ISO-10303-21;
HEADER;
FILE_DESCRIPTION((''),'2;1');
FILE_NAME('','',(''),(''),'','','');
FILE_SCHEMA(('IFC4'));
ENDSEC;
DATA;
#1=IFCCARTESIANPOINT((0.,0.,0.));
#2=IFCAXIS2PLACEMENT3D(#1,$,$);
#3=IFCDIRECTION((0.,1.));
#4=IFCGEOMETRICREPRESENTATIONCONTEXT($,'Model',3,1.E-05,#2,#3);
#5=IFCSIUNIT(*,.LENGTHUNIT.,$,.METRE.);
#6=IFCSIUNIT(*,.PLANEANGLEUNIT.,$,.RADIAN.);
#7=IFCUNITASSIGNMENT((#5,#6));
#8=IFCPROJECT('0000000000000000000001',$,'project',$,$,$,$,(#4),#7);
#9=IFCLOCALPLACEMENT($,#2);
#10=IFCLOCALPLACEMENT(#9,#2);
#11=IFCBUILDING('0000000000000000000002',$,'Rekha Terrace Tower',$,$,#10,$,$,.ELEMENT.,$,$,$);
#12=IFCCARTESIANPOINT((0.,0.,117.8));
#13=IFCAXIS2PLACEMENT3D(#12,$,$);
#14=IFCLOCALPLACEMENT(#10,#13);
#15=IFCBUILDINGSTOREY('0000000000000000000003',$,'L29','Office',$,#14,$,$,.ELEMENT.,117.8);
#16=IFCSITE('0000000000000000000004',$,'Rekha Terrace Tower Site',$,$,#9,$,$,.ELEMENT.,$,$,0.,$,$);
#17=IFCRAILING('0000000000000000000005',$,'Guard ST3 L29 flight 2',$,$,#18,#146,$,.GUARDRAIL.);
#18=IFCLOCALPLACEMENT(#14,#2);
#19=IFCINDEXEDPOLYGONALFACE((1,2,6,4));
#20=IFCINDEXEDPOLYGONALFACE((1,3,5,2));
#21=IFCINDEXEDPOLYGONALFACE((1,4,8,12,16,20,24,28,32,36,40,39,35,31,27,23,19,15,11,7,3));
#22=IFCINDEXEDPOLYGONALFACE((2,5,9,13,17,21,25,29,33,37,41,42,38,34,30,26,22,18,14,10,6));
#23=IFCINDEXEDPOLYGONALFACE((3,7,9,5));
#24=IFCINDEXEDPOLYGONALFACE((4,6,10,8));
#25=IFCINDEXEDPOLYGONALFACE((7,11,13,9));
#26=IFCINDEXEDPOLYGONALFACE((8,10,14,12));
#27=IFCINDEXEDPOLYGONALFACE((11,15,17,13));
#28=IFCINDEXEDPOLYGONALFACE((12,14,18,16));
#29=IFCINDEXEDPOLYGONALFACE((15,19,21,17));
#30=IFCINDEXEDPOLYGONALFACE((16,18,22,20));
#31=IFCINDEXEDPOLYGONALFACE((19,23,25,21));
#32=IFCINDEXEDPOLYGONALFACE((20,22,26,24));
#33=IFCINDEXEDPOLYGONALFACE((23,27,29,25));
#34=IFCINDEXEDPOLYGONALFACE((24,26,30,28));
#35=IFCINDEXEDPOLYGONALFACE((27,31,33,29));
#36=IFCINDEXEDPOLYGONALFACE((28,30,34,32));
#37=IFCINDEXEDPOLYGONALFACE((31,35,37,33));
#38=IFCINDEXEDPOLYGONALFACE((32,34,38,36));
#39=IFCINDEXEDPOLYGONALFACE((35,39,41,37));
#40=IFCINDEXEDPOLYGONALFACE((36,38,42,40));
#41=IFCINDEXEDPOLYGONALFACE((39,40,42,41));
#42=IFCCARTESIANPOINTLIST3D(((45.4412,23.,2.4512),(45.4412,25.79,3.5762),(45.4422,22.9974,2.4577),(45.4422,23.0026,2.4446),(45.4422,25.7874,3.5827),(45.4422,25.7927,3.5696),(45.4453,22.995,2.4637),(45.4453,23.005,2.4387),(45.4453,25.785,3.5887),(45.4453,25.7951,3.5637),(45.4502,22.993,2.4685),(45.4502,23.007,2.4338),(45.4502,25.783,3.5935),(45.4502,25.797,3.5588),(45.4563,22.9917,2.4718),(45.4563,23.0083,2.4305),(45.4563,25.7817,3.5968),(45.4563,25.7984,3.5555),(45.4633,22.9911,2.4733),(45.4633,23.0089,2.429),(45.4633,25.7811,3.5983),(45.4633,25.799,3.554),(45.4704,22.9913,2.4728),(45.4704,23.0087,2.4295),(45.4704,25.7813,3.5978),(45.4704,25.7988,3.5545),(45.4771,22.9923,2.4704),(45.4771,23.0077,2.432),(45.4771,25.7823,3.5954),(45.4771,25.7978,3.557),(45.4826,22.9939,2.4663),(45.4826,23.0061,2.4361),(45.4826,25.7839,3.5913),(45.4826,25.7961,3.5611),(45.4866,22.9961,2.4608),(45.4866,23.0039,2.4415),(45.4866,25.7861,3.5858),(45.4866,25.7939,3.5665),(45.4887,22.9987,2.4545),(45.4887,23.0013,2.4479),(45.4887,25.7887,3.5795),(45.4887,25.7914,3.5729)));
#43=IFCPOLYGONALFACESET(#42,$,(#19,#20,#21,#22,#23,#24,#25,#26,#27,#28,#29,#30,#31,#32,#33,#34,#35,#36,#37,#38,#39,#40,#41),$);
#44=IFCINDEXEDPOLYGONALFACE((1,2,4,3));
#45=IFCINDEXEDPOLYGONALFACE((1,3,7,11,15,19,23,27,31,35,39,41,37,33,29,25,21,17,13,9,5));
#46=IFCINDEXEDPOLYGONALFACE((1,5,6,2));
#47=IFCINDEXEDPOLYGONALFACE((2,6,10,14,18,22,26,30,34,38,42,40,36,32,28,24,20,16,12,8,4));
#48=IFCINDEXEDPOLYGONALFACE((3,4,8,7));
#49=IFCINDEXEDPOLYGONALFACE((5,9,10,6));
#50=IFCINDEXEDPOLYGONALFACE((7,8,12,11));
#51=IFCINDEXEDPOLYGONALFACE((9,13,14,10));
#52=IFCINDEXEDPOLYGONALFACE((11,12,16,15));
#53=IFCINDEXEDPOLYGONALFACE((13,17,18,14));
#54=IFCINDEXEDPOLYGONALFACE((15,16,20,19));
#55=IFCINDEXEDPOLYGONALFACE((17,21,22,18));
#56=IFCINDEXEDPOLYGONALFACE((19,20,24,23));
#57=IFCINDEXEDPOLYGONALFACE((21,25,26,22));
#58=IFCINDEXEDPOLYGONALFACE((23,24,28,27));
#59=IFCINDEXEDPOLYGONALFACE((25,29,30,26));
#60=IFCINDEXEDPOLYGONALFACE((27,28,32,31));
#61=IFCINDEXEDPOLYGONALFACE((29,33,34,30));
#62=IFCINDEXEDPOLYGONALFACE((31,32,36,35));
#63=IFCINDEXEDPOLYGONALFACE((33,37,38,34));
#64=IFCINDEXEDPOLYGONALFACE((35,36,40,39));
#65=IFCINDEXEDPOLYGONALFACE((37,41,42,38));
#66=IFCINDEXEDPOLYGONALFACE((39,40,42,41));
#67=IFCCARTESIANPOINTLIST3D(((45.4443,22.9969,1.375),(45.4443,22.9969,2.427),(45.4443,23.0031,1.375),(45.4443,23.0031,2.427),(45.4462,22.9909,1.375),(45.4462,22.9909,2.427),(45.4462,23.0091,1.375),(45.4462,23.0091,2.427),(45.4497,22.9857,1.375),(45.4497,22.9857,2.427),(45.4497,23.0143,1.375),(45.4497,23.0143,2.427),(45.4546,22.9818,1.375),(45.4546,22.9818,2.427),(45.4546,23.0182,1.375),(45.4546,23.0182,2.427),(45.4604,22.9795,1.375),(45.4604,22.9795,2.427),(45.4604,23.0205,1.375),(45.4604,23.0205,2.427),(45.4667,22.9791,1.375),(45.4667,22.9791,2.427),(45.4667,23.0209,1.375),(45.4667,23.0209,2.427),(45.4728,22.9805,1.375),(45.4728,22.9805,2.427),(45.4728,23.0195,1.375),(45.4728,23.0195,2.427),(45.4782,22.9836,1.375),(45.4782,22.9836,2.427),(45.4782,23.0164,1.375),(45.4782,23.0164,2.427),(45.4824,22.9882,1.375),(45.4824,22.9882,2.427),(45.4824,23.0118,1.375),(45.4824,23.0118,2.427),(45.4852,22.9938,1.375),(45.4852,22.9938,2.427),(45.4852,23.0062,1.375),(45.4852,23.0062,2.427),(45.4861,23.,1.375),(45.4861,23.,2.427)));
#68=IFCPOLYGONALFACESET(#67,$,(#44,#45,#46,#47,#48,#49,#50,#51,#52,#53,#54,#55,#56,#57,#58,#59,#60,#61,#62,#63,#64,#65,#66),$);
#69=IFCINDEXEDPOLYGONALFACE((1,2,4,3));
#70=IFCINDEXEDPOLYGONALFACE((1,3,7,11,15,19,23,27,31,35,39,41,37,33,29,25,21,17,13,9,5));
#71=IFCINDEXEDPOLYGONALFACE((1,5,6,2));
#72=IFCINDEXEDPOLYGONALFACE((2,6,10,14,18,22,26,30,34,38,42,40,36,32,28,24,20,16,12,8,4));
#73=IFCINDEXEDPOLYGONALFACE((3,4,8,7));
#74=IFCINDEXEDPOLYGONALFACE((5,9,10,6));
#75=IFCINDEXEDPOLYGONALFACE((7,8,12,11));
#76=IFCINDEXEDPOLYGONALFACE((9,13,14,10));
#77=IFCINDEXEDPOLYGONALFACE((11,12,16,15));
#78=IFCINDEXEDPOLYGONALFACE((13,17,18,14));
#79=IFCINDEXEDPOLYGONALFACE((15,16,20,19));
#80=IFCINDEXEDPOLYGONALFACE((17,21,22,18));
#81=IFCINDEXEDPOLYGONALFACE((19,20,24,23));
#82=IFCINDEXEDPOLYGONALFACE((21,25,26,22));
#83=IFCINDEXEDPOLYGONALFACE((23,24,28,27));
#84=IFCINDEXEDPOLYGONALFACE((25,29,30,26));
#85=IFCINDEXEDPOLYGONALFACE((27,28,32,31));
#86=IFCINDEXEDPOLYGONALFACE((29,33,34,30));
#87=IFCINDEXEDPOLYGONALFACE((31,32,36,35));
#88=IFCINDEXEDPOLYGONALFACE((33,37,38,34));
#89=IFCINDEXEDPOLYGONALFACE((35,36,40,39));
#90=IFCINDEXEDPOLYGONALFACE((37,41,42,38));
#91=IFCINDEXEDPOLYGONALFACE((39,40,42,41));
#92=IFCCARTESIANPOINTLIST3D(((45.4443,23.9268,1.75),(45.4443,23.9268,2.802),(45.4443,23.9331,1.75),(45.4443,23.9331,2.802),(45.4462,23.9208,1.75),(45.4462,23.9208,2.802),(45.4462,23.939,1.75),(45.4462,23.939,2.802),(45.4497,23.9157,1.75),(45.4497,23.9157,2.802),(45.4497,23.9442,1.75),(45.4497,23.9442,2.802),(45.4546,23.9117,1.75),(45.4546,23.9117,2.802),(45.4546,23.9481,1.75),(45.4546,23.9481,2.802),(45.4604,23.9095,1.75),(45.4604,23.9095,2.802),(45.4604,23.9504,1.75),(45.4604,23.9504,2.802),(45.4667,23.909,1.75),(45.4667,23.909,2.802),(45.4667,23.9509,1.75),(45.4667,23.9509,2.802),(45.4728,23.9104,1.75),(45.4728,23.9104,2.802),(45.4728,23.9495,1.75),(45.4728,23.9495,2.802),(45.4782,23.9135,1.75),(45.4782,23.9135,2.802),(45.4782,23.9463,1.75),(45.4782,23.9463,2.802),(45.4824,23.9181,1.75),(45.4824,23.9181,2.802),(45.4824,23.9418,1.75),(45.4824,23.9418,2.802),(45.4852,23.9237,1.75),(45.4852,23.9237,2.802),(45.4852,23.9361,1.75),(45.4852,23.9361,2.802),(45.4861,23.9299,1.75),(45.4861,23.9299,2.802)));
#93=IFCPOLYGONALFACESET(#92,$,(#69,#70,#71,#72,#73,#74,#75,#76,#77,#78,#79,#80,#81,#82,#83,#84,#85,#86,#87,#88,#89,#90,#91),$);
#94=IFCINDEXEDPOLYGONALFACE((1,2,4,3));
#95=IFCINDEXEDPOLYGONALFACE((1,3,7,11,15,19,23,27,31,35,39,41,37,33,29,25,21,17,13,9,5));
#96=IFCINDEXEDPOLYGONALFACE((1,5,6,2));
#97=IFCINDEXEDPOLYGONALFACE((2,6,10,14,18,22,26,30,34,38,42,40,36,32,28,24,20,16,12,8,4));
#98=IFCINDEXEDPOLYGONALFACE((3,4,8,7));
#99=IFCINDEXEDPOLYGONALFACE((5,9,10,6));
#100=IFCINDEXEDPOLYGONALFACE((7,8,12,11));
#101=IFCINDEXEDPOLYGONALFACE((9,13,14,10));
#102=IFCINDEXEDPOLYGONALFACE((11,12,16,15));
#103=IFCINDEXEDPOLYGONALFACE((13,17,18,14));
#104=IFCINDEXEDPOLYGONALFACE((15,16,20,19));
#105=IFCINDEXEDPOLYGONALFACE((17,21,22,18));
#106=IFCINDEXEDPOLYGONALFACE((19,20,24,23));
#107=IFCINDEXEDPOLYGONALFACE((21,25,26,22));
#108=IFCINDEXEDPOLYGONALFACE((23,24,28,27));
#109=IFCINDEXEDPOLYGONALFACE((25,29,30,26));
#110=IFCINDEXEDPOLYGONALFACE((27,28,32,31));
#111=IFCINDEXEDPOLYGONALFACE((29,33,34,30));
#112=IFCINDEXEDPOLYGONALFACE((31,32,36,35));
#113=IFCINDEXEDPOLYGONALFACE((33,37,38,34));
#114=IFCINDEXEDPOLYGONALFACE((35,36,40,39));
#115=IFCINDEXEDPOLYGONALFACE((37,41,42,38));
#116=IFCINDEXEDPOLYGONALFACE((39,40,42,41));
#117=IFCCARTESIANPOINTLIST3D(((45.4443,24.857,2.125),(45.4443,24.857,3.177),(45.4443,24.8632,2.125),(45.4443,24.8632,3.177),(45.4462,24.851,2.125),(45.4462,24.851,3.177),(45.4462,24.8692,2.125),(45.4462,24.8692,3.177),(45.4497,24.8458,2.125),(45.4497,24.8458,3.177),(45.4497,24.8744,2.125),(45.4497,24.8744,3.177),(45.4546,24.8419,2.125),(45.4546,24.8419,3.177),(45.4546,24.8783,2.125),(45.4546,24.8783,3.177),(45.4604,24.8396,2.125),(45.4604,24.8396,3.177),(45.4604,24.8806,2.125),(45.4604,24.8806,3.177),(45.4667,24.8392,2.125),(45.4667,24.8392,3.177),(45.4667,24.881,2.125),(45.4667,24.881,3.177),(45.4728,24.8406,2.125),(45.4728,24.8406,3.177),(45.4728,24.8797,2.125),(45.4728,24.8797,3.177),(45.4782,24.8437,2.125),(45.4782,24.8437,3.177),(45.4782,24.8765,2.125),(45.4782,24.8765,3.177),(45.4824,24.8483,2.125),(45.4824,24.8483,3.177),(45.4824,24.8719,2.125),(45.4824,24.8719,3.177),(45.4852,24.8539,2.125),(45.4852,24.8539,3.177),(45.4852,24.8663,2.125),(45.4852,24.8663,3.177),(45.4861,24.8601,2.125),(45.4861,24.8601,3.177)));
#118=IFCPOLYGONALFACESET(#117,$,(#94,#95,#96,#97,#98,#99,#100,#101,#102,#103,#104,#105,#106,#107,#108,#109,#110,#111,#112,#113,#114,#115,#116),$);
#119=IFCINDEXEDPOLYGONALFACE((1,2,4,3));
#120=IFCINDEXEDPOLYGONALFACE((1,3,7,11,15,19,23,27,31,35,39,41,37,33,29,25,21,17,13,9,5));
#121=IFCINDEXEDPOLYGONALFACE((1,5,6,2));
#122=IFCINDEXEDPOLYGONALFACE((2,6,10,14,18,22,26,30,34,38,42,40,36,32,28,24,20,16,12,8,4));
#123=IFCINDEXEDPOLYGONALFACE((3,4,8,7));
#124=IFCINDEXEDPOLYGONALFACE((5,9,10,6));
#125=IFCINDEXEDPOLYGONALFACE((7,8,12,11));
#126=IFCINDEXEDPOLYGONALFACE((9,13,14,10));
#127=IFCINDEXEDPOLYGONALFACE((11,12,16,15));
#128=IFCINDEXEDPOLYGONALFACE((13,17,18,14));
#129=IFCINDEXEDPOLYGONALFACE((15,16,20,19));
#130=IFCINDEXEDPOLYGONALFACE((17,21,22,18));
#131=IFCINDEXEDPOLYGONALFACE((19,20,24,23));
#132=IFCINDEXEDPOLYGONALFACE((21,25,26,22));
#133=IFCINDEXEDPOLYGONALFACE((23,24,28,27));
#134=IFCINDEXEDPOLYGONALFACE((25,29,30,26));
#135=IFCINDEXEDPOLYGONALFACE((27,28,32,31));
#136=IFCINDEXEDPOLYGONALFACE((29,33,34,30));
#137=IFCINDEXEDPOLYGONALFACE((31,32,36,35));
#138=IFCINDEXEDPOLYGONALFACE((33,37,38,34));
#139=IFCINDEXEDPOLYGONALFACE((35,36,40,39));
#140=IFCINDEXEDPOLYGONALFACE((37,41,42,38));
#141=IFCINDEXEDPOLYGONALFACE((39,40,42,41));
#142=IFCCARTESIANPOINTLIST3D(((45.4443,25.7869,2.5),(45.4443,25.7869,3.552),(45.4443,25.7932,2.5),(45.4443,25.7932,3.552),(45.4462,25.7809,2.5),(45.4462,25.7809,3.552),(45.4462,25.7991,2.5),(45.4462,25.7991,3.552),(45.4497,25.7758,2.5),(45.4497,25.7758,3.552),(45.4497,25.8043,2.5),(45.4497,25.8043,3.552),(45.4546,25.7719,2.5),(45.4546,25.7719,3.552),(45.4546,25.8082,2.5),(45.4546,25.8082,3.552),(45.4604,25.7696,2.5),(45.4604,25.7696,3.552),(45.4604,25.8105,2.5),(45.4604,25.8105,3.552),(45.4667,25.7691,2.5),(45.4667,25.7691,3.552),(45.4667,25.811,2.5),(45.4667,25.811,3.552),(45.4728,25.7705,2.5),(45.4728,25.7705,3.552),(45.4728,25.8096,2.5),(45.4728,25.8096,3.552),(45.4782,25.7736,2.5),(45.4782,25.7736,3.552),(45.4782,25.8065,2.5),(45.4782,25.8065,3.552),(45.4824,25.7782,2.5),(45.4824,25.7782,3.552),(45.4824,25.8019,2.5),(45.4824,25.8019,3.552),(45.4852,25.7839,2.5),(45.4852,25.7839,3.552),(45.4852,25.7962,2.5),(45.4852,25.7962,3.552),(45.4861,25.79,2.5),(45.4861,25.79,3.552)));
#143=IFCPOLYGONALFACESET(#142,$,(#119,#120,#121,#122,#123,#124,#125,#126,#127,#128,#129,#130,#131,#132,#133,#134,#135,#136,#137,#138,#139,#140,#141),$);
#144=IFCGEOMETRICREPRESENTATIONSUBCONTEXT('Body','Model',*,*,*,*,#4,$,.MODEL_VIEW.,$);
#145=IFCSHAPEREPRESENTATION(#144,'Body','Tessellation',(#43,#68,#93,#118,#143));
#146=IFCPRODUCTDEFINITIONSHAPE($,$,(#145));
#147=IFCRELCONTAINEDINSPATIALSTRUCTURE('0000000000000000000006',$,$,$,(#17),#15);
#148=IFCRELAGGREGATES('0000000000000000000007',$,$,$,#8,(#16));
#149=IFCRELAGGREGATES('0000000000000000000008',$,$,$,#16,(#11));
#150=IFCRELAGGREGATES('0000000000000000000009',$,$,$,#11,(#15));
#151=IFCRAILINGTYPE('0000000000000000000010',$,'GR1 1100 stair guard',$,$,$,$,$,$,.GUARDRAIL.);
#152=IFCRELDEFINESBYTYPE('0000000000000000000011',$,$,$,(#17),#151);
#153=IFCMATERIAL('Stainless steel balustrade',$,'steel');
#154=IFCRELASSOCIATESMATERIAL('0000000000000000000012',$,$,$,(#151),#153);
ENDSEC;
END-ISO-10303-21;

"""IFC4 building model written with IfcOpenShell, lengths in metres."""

from ifc_helpers import new_model, si_unit, direction, frame, origin, origin_2d, place, context, subcontext, project, spatial, circle, extrude, material, type_object, element, save


model = new_model("IFC4")

# Units and contexts
model_context = context("Model", 3, precision=1e-05, world=origin(), true_north=direction((0.0, 1.0)))
body_context = subcontext(model_context, "Body", "Model", "MODEL_VIEW")
ifc_project = project(units=[si_unit("LENGTHUNIT", "METRE"), si_unit("PLANEANGLEUNIT", "RADIAN")], contexts=[model_context])

# Site, building, storey
site_placement = place(None, origin())
site = spatial("IfcSite", under=ifc_project, at=site_placement, Name="Rekha Terrace Tower Site", CompositionType="ELEMENT", RefElevation=0.0)
building_placement = place(site_placement, origin())
building = spatial("IfcBuilding", under=site, at=building_placement, Name="Rekha Terrace Tower", CompositionType="ELEMENT")
storey_placement = place(building_placement, frame((0.0, 0.0, 117.8)))
storey = spatial("IfcBuildingStorey", under=building, at=storey_placement, Name="L29", Description="Office", CompositionType="ELEMENT", Elevation=117.8)

# Railing
ifc_material_1 = material(Name="Stainless steel balustrade", Category="steel")
railing_type_1 = type_object("IfcRailingType", Name="GR1 1100 stair guard", PredefinedType="GUARDRAIL", material=ifc_material_1)
railing_1_placement = place(storey_placement, frame((45.4651, 23.0, 1.375)))
element("IfcRailing", 1, at=railing_1_placement, inside=storey, type_object=railing_type_1, Name="Guard ST3 L29 flight 2", PredefinedType="GUARDRAIL", context=body_context, shape_type="SweptSolid", body=[
    extrude(circle(Radius=0.0239, at=origin_2d()), frame((0.0, 0.0, 1.0762), z_axis=(0.0, 0.927443, 0.373964), x_axis=(-1.0, 0.0, 0.0)), (0.0, 0.0, 1.0), 3.0083),
    extrude(circle(Radius=0.021, at=origin_2d()), origin(), (0.0, 0.0, 1.0), 1.052),
    extrude(circle(Radius=0.021, at=origin_2d()), frame((0.0, 0.9299, 0.375)), (0.0, 0.0, 1.0), 1.052),
    extrude(circle(Radius=0.021, at=origin_2d()), frame((0.0, 1.8601, 0.75)), (0.0, 0.0, 1.0), 1.052),
    extrude(circle(Radius=0.021, at=origin_2d()), frame((0.0, 2.79, 1.125)), (0.0, 0.0, 1.0), 1.052),
])

save(model, "model.ifc")
